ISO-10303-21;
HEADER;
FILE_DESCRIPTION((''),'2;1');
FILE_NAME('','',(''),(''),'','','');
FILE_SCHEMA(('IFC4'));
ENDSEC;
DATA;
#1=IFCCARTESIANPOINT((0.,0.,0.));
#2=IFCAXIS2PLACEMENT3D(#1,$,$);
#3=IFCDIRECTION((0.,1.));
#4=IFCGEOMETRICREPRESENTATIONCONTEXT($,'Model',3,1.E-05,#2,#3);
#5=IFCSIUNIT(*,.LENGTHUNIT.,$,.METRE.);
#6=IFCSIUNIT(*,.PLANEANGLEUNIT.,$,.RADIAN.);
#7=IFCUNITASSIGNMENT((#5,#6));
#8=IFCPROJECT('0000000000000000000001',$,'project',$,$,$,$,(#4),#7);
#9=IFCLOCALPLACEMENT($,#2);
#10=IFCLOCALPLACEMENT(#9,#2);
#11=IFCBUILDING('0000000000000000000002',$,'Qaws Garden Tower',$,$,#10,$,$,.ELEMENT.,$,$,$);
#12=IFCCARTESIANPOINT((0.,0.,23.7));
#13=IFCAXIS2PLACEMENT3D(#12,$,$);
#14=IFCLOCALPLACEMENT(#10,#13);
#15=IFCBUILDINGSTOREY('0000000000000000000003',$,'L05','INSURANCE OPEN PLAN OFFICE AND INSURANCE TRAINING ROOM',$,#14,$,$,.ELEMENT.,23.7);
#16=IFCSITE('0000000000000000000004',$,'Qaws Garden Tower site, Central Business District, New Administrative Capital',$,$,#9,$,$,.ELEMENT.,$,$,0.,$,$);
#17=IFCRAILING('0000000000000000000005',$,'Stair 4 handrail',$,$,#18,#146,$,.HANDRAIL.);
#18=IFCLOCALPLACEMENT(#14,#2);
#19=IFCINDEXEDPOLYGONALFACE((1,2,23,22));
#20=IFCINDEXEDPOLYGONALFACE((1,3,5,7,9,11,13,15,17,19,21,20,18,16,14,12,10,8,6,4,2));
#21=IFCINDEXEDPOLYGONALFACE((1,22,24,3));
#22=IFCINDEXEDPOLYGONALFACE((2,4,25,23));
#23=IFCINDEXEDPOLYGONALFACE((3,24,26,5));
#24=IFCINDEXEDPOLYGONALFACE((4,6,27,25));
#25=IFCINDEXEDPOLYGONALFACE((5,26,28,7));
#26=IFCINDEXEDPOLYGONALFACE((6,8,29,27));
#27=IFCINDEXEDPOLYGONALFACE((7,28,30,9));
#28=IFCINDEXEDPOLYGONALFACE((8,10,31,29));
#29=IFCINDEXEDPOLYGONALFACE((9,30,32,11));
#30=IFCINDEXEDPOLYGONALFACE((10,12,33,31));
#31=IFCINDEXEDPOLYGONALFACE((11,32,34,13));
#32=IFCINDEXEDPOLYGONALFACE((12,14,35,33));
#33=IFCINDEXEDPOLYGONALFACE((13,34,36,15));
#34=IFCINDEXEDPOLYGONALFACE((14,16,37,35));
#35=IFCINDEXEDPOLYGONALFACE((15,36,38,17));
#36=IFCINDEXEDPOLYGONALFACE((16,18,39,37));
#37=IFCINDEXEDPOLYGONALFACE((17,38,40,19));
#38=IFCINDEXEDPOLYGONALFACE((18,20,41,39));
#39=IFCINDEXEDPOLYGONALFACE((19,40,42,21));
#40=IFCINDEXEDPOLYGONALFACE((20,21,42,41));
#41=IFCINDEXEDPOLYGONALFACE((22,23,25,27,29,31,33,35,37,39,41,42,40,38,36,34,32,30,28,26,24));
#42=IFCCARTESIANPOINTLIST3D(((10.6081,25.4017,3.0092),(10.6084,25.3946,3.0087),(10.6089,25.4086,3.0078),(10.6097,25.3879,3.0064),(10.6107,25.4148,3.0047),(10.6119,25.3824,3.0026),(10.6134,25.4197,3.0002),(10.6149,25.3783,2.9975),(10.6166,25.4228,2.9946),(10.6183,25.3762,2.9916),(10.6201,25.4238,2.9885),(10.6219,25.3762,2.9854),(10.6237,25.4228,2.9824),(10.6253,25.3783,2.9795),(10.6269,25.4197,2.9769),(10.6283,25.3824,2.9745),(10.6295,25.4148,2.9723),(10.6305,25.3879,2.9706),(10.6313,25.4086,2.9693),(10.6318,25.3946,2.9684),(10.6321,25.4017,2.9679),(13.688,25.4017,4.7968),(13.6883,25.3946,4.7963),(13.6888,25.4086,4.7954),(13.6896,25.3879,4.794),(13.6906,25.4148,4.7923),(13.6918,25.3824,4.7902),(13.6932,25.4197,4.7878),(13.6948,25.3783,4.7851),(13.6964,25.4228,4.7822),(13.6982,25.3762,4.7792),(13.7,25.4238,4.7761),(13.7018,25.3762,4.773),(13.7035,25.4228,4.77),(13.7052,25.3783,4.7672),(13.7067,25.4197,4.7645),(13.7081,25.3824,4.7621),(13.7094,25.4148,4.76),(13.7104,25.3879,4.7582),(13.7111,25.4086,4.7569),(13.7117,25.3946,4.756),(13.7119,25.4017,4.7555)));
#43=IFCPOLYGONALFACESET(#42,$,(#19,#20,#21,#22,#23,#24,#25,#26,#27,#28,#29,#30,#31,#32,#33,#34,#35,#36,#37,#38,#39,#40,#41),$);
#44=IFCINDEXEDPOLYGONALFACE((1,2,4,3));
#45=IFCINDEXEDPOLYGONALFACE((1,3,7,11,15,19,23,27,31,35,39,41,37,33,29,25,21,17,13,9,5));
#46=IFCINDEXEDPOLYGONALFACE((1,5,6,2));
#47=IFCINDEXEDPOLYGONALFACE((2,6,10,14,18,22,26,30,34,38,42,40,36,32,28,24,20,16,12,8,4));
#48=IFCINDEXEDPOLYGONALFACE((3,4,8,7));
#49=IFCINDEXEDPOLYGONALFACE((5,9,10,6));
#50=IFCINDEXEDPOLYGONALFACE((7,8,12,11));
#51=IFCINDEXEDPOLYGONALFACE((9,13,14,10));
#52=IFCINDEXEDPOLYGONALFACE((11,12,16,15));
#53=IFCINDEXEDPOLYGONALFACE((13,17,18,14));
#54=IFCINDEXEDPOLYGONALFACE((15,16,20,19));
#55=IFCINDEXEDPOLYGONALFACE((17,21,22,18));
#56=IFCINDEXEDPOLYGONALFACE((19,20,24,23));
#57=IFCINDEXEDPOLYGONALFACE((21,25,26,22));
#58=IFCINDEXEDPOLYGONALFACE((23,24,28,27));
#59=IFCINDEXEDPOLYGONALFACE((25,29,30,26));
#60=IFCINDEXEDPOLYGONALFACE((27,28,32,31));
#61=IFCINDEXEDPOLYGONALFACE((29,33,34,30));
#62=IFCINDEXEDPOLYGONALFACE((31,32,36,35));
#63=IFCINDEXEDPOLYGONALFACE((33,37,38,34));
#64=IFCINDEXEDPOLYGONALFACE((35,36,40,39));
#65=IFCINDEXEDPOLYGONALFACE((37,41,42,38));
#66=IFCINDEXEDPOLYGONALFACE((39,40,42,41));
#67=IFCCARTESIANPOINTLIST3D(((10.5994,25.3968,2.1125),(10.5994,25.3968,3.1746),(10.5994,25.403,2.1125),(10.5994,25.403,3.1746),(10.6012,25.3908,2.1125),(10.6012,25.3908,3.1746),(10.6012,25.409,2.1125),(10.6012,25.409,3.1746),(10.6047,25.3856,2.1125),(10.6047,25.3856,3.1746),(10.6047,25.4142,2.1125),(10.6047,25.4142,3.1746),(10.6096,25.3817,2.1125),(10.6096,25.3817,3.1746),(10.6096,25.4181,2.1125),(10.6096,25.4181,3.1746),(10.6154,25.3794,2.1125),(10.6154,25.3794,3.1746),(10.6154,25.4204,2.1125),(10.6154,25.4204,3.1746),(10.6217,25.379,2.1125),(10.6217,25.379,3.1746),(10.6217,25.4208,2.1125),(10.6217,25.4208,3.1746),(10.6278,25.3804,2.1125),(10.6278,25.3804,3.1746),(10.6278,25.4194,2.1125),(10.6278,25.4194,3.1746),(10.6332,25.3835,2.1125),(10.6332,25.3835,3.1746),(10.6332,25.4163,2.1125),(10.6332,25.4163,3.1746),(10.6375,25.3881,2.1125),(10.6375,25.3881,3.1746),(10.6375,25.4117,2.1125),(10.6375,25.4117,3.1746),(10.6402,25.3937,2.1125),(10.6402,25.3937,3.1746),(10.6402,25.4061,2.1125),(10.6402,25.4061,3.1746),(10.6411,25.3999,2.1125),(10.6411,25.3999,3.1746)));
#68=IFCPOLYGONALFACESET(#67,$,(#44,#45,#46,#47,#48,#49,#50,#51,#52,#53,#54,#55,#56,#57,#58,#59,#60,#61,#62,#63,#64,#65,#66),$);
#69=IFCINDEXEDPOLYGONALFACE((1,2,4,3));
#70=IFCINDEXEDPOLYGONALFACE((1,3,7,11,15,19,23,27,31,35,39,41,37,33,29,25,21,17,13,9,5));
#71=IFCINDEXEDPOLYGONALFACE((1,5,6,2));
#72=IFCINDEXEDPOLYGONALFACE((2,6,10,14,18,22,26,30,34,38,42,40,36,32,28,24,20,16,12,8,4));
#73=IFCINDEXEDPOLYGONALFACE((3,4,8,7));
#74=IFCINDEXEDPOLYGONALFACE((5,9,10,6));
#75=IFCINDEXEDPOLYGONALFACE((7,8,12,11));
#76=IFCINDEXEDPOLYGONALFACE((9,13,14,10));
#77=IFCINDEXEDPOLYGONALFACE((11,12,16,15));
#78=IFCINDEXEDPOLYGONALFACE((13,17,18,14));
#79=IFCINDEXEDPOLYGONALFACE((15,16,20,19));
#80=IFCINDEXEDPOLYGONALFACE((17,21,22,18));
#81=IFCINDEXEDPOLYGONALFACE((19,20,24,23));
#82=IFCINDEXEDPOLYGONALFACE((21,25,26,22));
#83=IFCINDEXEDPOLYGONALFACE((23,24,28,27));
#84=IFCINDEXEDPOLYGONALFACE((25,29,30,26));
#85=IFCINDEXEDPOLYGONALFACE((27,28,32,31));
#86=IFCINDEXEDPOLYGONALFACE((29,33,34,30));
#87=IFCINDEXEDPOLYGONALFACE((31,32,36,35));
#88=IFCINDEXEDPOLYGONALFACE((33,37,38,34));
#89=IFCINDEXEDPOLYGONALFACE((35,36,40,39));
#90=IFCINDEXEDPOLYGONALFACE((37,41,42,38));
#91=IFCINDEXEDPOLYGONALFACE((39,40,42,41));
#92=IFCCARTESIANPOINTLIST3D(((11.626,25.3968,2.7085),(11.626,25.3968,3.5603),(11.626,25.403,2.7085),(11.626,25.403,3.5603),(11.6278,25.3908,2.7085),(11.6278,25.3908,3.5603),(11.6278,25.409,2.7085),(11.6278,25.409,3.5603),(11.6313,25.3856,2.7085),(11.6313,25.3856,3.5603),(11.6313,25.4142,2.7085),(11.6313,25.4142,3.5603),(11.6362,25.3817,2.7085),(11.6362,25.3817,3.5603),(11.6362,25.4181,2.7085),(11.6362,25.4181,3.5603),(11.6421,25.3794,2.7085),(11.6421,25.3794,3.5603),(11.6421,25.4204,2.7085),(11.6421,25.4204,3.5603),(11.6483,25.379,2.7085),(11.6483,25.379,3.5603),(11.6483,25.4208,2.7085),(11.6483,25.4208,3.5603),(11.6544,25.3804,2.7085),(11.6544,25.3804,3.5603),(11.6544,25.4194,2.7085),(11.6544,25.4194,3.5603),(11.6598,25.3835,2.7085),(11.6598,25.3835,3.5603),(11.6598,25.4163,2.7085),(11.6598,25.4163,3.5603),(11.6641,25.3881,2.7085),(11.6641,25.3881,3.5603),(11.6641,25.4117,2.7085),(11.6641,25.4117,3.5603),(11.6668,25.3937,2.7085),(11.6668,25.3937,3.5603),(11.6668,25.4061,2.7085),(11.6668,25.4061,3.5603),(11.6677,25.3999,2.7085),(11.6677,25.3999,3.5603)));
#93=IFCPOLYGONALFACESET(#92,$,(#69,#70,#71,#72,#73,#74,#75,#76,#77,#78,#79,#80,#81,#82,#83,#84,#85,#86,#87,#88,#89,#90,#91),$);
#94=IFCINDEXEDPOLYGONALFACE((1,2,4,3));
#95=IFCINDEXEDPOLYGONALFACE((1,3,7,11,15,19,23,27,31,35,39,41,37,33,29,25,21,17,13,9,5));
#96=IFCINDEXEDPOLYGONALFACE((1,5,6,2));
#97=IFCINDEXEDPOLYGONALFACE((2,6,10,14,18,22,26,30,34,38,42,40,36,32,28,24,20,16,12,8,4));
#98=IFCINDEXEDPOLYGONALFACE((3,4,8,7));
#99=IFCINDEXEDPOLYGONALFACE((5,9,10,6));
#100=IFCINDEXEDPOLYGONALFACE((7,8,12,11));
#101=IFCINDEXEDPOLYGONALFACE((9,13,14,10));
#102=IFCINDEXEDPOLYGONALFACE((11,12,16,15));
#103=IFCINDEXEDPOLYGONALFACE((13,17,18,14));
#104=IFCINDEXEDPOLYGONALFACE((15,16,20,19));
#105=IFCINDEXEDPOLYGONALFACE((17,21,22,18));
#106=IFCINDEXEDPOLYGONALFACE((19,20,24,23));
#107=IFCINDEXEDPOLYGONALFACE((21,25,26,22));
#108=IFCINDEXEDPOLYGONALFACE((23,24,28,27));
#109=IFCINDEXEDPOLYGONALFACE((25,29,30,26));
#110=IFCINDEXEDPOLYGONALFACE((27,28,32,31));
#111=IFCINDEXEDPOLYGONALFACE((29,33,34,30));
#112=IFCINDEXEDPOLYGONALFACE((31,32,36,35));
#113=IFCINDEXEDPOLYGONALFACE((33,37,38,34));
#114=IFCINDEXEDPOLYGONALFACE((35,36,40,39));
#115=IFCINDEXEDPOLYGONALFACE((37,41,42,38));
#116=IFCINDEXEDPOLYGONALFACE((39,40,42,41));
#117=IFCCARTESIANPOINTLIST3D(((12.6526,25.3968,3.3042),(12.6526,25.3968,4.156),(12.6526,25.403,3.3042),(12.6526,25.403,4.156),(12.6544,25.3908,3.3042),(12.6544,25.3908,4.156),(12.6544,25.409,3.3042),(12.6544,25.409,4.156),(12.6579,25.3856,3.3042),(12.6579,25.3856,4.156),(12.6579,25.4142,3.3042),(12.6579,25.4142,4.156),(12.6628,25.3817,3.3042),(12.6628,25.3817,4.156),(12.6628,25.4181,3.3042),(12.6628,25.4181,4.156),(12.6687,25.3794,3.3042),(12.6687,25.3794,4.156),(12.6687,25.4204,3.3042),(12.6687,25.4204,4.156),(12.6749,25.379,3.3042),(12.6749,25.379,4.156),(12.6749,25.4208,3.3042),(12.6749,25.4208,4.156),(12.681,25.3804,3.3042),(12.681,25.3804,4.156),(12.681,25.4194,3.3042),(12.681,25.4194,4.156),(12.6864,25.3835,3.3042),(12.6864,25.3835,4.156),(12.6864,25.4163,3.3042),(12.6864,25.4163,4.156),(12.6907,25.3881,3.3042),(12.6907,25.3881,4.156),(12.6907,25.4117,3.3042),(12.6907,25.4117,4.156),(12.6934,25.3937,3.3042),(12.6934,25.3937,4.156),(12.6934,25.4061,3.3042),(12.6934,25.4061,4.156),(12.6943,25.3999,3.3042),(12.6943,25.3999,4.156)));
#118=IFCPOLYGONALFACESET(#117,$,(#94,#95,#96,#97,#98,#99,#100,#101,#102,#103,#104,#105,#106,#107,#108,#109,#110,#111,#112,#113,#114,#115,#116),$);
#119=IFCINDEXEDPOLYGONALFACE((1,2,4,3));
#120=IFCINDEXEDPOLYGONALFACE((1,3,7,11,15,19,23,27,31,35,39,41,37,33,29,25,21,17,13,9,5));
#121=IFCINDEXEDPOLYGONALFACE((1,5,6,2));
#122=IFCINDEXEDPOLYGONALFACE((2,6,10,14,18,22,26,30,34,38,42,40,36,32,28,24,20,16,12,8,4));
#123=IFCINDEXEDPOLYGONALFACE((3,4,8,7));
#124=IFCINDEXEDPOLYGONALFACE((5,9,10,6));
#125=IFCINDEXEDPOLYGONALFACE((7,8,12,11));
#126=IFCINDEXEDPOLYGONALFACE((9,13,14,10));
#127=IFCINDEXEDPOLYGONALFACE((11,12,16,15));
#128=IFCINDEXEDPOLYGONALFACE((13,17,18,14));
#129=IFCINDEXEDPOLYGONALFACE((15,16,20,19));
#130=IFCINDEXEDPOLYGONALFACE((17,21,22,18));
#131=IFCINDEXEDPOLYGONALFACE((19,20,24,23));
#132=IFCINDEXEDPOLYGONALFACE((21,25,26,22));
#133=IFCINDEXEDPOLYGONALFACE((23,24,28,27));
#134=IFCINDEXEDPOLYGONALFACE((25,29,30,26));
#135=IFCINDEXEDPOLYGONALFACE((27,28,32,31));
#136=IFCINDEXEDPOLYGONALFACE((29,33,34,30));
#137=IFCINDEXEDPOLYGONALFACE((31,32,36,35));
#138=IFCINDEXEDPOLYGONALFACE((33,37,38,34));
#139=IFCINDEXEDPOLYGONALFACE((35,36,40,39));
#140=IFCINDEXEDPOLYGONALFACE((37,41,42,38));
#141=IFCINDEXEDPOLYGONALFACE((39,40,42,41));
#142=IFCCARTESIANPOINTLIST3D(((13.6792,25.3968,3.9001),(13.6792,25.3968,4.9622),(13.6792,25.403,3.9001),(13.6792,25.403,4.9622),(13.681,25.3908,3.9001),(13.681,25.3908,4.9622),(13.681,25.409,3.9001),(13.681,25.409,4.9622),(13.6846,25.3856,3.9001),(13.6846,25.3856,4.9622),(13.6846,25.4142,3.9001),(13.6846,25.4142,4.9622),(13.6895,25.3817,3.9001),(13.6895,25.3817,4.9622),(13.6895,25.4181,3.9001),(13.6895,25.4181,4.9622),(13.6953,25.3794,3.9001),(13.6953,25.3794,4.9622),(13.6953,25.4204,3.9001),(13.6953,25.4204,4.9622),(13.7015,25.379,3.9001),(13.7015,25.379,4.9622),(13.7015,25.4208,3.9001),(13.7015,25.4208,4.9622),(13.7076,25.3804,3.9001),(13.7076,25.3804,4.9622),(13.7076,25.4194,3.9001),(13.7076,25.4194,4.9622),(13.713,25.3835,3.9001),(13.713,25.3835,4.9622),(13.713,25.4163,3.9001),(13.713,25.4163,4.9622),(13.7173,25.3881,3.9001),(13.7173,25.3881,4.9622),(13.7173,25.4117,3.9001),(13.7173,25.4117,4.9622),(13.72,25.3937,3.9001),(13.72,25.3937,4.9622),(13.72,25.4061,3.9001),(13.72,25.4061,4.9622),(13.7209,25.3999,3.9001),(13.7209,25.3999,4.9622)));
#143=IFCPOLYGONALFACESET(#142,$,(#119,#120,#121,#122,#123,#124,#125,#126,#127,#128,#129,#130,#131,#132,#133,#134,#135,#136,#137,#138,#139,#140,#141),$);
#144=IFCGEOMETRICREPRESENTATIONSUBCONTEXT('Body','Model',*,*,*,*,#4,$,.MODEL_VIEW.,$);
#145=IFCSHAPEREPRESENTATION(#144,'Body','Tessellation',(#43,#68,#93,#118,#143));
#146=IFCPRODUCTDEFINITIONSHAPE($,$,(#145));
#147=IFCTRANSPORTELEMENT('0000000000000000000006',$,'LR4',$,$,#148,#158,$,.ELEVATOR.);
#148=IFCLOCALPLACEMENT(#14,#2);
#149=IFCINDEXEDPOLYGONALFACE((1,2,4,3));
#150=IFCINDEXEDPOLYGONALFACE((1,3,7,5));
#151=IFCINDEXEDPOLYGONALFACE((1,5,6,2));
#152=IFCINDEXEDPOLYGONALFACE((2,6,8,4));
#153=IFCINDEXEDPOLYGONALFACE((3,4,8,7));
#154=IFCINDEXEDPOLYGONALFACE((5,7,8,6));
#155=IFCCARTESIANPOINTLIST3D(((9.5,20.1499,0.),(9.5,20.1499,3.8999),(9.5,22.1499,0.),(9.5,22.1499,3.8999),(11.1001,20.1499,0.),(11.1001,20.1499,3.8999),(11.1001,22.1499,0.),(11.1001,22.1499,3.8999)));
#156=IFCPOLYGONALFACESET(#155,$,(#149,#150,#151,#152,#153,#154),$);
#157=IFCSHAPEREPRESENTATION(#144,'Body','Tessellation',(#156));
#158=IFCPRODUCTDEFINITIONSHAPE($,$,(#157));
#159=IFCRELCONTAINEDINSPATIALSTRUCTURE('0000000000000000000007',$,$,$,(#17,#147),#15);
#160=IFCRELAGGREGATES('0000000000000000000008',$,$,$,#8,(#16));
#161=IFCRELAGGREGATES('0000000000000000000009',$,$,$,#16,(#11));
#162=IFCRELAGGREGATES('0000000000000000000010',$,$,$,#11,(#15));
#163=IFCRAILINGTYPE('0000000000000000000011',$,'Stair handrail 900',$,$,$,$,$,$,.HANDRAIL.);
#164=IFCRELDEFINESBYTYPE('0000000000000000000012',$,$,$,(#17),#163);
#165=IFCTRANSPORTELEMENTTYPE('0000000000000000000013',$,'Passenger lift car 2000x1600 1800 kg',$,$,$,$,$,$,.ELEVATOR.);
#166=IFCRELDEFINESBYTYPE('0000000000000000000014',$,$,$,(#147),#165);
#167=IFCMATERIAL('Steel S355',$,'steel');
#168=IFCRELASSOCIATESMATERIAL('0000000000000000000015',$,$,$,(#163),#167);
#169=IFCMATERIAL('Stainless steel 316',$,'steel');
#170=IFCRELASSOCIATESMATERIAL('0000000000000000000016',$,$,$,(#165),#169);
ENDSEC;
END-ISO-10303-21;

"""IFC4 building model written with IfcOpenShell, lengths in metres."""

from ifc_helpers import new_model, si_unit, direction, frame, origin, origin_2d, place, context, subcontext, project, spatial, rectangle, circle, extrude, material, type_object, element, save


model = new_model("IFC4")

# Units and contexts
model_context = context("Model", 3, precision=1e-05, world=origin(), true_north=direction((0.0, 1.0)))
body_context = subcontext(model_context, "Body", "Model", "MODEL_VIEW")
ifc_project = project(units=[si_unit("LENGTHUNIT", "METRE"), si_unit("PLANEANGLEUNIT", "RADIAN")], contexts=[model_context])

# Site, building, storey
site_placement = place(None, origin())
site = spatial("IfcSite", under=ifc_project, at=site_placement, Name="Qaws Garden Tower site, Central Business District, New Administrative Capital", CompositionType="ELEMENT", RefElevation=0.0)
building_placement = place(site_placement, origin())
building = spatial("IfcBuilding", under=site, at=building_placement, Name="Qaws Garden Tower", CompositionType="ELEMENT")
storey_placement = place(building_placement, frame((0.0, 0.0, 23.7)))
storey = spatial("IfcBuildingStorey", under=building, at=storey_placement, Name="L05", Description="INSURANCE OPEN PLAN OFFICE AND INSURANCE TRAINING ROOM", CompositionType="ELEMENT", Elevation=23.7)

# Railing
ifc_material_1 = material(Name="Steel S355", Category="steel")
railing_type = type_object("IfcRailingType", Name="Stair handrail 900", PredefinedType="HANDRAIL", material=ifc_material_1)
railing_1_placement = place(storey_placement, frame((10.6201, 25.3999, 2.1125)))
element("IfcRailing", 1, at=railing_1_placement, inside=storey, type_object=railing_type, Name="Stair 4 handrail", PredefinedType="HANDRAIL", context=body_context, shape_type="SweptSolid", body=[
    extrude(circle(Radius=0.0239, at=origin_2d()), frame((0.0, 0.0, 0.876), z_axis=(0.864873, 0.0, 0.50199), x_axis=(0.0, 1.0, 0.0)), (0.0, 0.0, 1.0), 3.561),
    extrude(circle(Radius=0.021, at=origin_2d()), origin(), (0.0, 0.0, 1.0), 1.062),
    extrude(circle(Radius=0.021, at=origin_2d()), frame((1.0266, 0.0, 0.5959)), (0.0, 0.0, 1.0), 0.8518),
    extrude(circle(Radius=0.021, at=origin_2d()), frame((2.0532, 0.0, 1.1917)), (0.0, 0.0, 1.0), 0.8518),
    extrude(circle(Radius=0.021, at=origin_2d()), frame((3.0798, 0.0, 1.7876)), (0.0, 0.0, 1.0), 1.062),
])

# Transport element
ifc_material_2 = material(Name="Stainless steel 316", Category="steel")
transport_element_type = type_object("IfcTransportElementType", Name="Passenger lift car 2000x1600 1800 kg", PredefinedType="ELEVATOR", material=ifc_material_2)
transport_element_placement = place(storey_placement, frame((10.3, 21.1499, 0.0), z_axis=(0.0, 0.0, 1.0), x_axis=(1.0, 0.0, 0.0)))
element("IfcTransportElement", 2, at=transport_element_placement, inside=storey, type_object=transport_element_type, Name="LR4", PredefinedType="ELEVATOR", context=body_context, shape_type="SweptSolid", body=[
    extrude(rectangle(XDim=1.6001, YDim=2.0, at=origin_2d()), origin(), (0.0, 0.0, 1.0), 3.8999),
])

save(model, "model.ifc")
